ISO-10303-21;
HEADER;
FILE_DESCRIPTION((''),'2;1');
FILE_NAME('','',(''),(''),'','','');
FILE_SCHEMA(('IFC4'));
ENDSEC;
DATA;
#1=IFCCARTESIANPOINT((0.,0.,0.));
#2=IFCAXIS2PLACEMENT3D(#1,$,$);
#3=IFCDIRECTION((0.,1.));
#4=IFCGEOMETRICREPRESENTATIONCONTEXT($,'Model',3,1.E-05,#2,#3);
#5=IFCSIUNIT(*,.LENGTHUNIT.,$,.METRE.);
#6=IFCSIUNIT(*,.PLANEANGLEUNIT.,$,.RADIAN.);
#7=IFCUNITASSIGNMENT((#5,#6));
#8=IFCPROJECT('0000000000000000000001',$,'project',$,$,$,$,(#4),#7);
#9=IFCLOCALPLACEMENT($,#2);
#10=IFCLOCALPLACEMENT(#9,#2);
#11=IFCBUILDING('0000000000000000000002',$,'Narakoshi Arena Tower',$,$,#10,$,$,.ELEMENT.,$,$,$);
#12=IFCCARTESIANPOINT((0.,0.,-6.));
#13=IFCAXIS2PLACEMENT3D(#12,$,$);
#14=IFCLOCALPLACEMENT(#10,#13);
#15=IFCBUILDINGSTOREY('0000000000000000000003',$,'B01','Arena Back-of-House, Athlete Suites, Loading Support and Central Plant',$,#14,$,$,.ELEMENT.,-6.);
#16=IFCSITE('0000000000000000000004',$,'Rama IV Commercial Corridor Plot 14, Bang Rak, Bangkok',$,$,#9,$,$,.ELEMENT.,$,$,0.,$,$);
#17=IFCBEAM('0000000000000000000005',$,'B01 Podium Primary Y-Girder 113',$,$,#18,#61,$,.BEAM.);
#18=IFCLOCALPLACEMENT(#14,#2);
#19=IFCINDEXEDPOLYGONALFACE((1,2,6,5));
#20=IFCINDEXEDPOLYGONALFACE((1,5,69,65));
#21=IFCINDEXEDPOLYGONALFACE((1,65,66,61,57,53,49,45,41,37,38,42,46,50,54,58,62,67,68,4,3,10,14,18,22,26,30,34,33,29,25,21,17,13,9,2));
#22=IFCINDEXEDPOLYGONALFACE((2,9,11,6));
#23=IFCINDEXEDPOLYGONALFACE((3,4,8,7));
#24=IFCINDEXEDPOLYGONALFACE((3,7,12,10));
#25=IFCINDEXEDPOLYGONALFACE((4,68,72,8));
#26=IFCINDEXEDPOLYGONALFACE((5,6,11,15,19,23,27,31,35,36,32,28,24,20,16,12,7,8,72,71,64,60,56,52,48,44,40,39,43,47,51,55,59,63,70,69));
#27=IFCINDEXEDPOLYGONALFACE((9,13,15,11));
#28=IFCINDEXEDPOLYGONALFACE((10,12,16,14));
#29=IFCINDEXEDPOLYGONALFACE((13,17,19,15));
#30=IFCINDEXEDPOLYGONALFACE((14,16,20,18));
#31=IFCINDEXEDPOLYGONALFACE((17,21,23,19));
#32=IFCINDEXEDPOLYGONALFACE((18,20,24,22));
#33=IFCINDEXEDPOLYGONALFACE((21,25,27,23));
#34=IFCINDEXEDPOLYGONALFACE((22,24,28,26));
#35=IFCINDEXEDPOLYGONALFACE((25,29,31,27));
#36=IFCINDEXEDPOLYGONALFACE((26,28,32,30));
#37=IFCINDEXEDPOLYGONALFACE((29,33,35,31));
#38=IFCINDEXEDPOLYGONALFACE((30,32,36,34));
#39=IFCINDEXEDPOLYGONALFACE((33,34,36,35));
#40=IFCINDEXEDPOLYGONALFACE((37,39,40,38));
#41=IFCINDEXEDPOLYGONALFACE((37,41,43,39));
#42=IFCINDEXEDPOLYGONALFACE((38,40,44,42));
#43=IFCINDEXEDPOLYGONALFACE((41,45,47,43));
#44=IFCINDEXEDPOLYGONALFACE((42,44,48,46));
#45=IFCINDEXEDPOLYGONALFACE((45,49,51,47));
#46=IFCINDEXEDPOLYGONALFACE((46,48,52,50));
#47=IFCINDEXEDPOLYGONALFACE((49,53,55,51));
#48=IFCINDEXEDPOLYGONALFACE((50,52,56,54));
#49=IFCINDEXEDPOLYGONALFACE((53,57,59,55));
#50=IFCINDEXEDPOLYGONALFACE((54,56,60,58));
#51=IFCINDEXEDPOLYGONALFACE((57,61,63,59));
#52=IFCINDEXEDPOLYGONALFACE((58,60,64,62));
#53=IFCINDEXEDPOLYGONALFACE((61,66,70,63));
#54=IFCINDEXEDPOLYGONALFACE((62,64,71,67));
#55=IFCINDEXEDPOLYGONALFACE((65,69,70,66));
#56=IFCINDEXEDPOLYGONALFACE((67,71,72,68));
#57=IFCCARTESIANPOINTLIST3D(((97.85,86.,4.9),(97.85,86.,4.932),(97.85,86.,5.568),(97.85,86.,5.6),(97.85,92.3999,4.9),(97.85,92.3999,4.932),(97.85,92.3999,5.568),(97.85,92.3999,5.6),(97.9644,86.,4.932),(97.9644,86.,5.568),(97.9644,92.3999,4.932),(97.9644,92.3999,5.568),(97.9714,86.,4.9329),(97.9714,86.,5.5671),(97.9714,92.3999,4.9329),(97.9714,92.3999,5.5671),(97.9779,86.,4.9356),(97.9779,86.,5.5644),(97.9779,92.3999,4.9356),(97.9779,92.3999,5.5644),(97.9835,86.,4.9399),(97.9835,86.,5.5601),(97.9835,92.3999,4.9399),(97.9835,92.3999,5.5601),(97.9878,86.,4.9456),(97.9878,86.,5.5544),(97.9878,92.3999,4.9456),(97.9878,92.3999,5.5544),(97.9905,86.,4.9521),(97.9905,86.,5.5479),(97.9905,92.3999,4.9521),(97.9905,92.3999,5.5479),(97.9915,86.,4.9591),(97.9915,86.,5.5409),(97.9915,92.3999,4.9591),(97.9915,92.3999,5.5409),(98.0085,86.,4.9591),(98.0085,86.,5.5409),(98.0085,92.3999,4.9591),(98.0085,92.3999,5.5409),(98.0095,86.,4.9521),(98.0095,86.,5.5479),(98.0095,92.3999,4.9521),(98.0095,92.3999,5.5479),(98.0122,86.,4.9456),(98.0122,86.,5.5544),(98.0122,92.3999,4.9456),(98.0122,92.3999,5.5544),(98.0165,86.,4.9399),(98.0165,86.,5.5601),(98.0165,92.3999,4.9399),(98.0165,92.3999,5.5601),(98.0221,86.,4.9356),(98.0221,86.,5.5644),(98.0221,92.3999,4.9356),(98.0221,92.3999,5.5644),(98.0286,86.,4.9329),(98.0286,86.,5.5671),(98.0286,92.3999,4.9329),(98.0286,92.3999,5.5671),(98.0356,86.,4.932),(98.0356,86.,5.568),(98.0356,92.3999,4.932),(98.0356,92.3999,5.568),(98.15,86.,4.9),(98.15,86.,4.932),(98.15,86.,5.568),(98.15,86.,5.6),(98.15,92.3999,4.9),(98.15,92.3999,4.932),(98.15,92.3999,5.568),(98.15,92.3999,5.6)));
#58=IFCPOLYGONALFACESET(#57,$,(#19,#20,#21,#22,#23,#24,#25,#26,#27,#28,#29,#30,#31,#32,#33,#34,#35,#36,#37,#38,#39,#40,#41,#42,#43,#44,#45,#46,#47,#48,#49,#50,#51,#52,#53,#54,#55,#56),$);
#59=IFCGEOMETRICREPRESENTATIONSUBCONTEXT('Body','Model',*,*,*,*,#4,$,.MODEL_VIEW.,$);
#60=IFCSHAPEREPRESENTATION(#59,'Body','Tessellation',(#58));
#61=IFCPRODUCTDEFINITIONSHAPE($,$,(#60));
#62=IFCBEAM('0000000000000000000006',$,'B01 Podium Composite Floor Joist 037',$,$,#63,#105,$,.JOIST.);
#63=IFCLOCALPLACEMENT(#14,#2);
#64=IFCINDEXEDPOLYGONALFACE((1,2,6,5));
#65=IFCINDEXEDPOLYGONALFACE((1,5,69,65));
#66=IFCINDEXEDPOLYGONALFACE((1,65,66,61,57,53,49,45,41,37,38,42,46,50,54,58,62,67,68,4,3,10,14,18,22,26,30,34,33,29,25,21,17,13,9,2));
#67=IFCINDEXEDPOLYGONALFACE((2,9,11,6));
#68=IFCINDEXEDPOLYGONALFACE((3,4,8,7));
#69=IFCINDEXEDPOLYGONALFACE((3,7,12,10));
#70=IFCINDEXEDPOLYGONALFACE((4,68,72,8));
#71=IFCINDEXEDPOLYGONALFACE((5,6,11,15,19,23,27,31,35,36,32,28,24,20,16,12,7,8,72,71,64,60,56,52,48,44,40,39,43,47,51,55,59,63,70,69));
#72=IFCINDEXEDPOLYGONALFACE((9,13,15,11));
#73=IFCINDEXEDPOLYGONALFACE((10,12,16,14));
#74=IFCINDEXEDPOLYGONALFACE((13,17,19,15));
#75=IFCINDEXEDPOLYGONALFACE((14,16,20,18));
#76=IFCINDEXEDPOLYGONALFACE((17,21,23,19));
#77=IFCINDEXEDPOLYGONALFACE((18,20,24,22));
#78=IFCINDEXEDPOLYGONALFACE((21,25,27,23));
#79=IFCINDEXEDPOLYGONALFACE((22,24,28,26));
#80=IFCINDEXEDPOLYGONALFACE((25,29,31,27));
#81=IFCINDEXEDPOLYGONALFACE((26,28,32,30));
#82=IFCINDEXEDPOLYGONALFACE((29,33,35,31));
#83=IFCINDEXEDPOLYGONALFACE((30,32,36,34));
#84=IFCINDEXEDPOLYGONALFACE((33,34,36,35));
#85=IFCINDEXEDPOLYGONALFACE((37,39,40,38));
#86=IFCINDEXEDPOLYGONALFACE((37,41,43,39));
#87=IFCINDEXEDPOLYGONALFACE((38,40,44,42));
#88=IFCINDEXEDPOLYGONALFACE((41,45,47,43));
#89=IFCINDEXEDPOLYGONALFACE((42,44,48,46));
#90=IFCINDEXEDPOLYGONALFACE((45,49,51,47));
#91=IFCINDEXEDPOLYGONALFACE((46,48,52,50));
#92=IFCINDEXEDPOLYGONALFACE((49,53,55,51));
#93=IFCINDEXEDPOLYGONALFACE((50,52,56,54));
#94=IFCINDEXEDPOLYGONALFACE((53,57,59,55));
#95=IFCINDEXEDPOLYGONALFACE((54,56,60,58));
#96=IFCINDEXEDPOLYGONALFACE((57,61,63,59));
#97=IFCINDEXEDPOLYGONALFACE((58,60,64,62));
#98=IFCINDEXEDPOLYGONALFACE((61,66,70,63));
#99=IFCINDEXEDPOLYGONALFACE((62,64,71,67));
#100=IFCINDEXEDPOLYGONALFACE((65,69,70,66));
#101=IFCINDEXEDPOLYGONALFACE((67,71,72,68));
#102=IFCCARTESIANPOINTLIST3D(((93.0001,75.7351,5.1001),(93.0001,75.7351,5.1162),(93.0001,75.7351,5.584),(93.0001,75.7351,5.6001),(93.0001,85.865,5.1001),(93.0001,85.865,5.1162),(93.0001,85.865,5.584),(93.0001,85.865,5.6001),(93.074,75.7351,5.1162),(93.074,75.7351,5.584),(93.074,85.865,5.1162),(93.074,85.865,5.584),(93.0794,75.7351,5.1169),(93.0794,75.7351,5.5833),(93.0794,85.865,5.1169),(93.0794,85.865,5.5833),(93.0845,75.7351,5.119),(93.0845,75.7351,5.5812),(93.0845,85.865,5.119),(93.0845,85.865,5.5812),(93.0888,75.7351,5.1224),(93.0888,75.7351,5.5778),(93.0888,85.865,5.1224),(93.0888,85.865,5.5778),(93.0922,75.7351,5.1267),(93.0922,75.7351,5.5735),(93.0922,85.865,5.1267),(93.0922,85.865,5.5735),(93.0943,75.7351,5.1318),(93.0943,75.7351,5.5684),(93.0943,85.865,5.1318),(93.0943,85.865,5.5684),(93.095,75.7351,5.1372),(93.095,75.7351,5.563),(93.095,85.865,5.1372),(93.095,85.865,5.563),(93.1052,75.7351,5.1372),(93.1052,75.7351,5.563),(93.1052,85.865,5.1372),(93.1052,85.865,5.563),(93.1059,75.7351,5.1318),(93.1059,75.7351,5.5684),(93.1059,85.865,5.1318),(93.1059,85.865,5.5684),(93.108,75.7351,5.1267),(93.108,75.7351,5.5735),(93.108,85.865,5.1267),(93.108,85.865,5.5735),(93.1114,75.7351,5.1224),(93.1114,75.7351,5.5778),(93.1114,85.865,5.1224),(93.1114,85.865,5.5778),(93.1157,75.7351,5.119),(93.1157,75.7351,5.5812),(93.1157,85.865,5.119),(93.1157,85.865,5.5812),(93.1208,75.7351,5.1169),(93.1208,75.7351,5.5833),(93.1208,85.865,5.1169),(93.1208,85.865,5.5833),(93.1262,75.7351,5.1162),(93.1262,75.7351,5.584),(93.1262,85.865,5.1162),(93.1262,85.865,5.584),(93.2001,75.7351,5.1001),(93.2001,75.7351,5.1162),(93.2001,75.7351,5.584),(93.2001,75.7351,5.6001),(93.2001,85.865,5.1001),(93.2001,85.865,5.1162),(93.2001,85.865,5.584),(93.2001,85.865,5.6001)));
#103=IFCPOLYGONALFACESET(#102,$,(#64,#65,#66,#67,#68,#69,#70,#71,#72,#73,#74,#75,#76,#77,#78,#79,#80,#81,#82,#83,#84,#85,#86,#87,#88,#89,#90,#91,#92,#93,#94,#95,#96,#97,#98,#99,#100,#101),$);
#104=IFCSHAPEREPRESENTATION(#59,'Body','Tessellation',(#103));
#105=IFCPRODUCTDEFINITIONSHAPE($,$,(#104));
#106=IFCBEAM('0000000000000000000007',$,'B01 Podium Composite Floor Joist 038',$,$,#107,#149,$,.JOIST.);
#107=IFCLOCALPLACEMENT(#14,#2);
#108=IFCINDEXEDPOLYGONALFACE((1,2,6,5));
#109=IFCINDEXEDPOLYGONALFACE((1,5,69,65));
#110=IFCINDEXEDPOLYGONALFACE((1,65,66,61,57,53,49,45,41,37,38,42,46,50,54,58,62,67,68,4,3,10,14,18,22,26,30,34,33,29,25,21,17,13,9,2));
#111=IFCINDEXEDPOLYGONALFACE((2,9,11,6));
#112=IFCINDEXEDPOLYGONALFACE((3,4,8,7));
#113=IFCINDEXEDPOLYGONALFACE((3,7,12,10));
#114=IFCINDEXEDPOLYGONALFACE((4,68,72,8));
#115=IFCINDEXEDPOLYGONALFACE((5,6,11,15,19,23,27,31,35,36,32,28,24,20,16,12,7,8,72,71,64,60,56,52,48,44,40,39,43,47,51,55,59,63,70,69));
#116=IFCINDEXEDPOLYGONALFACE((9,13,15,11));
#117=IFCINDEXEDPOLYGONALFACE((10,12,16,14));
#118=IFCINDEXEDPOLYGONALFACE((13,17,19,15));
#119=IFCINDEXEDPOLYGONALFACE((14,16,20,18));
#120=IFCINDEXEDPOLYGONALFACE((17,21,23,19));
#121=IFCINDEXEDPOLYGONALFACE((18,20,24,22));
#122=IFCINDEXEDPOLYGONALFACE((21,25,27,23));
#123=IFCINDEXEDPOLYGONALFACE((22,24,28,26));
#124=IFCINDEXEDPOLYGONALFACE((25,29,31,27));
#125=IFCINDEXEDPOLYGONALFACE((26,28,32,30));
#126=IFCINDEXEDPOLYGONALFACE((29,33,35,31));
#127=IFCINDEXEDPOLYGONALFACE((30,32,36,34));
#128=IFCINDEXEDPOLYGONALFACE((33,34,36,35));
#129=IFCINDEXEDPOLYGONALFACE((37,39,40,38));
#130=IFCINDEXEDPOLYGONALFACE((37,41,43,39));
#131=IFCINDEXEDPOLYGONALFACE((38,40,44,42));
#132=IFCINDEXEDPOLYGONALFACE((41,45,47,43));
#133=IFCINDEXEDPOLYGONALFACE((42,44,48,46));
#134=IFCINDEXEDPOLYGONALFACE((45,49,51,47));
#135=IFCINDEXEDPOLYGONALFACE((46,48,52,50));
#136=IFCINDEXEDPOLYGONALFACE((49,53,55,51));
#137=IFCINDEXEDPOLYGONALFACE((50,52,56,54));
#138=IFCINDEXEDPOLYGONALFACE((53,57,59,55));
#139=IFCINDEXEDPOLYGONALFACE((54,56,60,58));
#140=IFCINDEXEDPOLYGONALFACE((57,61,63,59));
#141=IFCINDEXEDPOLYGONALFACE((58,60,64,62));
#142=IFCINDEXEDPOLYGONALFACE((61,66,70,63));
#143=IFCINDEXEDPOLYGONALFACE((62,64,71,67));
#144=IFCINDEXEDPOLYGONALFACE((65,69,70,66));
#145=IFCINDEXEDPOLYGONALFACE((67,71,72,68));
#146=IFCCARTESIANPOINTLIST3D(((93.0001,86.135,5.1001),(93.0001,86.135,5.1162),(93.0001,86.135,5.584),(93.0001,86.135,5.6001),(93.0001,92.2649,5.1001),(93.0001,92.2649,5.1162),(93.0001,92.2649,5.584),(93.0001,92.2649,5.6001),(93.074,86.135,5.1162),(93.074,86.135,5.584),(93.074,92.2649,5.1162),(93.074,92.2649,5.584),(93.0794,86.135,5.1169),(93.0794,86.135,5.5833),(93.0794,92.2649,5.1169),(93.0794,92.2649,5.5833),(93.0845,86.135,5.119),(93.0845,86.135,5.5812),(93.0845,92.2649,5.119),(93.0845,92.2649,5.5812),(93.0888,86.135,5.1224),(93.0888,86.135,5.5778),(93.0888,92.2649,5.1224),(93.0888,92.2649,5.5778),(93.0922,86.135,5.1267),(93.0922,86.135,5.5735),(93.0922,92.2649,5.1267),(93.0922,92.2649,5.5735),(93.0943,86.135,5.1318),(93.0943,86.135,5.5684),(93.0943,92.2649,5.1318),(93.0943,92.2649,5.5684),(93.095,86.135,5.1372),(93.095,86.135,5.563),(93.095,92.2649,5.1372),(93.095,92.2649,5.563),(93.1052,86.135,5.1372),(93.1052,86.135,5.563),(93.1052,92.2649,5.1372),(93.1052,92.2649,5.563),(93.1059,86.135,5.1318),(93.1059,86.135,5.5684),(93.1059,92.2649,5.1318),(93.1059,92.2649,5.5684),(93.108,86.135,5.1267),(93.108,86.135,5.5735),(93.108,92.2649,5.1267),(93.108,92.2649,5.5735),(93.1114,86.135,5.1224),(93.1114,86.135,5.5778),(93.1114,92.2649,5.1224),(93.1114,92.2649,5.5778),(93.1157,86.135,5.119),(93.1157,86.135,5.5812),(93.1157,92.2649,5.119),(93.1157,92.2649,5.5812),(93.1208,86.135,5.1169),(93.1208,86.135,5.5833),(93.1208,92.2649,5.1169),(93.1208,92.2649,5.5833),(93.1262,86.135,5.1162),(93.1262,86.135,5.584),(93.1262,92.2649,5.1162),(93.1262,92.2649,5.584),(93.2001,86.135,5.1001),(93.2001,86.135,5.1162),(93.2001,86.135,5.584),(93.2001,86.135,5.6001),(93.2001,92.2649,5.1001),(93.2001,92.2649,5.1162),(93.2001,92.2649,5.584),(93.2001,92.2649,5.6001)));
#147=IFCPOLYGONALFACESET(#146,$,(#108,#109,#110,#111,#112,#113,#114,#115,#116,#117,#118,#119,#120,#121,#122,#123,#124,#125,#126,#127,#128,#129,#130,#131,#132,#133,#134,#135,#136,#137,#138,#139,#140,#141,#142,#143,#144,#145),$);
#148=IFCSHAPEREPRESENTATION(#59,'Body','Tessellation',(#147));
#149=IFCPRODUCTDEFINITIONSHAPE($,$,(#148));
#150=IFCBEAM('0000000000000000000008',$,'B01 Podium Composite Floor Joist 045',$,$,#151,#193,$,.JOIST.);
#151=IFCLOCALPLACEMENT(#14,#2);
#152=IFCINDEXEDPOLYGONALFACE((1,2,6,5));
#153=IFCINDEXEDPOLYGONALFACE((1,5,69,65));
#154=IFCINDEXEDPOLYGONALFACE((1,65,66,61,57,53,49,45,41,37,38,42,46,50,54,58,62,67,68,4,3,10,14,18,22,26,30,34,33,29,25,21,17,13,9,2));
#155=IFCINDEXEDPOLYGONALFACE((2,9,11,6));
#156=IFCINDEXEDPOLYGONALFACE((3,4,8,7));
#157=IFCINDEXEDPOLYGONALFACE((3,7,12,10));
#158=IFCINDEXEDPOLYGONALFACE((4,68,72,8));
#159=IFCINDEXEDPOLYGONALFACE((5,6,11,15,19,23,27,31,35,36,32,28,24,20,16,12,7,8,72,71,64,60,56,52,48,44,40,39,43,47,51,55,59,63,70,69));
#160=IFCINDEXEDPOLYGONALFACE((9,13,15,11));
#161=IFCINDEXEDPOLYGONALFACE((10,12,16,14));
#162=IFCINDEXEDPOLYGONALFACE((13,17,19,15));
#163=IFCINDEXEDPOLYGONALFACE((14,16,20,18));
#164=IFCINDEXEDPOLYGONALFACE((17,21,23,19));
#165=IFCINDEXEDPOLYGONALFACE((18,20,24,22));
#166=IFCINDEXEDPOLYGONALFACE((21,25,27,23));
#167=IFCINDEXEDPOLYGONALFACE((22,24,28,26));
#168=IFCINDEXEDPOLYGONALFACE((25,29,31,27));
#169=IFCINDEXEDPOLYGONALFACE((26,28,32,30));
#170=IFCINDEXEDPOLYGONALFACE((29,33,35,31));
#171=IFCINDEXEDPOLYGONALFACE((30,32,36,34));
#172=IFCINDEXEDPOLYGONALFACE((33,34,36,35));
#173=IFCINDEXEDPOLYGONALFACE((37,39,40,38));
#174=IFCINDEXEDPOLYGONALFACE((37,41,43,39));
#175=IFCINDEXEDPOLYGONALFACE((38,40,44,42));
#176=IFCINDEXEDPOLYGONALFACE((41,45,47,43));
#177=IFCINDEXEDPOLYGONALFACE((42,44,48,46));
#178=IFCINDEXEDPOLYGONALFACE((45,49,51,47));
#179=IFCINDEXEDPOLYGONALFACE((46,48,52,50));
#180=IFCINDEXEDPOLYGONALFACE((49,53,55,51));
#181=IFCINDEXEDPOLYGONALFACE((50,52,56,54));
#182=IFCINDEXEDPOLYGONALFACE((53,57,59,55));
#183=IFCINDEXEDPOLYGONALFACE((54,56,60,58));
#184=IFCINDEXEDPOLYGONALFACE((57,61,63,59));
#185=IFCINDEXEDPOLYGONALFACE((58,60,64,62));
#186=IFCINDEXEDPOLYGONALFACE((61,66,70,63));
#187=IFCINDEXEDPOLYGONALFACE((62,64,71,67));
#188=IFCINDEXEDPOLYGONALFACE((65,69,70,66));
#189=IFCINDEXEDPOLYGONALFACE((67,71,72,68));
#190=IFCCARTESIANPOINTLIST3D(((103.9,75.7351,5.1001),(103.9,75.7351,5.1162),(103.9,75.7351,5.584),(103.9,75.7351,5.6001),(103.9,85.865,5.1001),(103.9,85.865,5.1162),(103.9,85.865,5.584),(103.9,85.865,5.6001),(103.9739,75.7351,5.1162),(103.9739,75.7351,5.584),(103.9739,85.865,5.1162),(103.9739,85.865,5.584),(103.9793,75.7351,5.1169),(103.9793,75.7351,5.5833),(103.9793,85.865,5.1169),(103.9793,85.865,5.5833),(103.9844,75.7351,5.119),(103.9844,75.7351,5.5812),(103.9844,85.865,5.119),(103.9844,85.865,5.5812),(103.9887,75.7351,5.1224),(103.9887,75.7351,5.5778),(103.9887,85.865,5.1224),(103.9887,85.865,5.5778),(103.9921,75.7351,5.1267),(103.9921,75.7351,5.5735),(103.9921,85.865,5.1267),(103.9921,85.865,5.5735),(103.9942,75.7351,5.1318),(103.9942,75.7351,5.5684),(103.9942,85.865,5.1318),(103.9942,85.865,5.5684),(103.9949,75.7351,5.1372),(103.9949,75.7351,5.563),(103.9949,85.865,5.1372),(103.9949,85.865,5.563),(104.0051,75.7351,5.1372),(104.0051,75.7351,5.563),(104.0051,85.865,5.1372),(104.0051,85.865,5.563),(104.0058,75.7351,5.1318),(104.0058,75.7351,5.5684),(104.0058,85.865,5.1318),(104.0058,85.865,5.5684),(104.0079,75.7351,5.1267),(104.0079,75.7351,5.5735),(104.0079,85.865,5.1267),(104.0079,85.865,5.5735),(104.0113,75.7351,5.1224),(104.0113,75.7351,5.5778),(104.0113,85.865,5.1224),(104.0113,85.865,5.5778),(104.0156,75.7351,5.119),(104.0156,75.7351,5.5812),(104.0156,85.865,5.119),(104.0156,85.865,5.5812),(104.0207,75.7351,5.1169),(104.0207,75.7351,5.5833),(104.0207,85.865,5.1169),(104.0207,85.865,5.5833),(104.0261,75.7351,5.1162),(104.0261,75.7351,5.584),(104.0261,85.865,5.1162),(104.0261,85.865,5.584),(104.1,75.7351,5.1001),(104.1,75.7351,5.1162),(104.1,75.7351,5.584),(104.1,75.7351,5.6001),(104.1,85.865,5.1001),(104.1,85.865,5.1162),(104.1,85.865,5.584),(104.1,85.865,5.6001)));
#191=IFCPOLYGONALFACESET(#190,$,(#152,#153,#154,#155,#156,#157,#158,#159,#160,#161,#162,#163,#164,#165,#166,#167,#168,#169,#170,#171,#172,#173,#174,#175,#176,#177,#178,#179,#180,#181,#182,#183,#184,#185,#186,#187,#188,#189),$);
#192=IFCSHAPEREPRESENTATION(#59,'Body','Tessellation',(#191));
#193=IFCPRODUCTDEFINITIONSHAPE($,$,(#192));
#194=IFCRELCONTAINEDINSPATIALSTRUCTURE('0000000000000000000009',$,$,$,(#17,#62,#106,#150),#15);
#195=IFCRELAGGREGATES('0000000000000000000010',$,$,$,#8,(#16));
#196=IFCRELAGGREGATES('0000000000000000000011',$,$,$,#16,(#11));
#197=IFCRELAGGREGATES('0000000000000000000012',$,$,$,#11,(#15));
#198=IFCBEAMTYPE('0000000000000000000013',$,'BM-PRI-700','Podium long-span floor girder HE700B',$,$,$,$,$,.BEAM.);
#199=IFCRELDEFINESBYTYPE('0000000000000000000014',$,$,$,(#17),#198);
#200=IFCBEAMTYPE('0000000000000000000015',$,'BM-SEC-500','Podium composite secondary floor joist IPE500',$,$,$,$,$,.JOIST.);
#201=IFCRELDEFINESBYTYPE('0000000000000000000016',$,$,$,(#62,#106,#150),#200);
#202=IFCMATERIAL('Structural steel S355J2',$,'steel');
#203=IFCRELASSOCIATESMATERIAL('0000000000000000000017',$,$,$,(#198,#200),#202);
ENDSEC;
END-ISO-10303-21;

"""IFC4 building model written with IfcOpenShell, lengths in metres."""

from ifc_helpers import new_model, si_unit, direction, frame, origin, origin_2d, place, context, subcontext, project, spatial, i_section, extrude, material, material_profile, profile_set, type_object, element, save


model = new_model("IFC4")

# Units and contexts
model_context = context("Model", 3, precision=1e-05, world=origin(), true_north=direction((0.0, 1.0)))
body_context = subcontext(model_context, "Body", "Model", "MODEL_VIEW")
ifc_project = project(units=[si_unit("LENGTHUNIT", "METRE"), si_unit("PLANEANGLEUNIT", "RADIAN")], contexts=[model_context])

# Site, building, storey
site_placement = place(None, origin())
site = spatial("IfcSite", under=ifc_project, at=site_placement, Name="Rama IV Commercial Corridor Plot 14, Bang Rak, Bangkok", CompositionType="ELEMENT", RefElevation=0.0)
building_placement = place(site_placement, origin())
building = spatial("IfcBuilding", under=site, at=building_placement, Name="Narakoshi Arena Tower", CompositionType="ELEMENT")
storey_placement = place(building_placement, frame((0.0, 0.0, -6.0)))
storey = spatial("IfcBuildingStorey", under=building, at=storey_placement, Name="B01", Description="Arena Back-of-House, Athlete Suites, Loading Support and Central Plant", CompositionType="ELEMENT", Elevation=-6.0)

# Beams
ifc_material_1 = material(Name="Structural steel S355J2", Category="steel")
ifc_material_profile_1 = material_profile(ifc_material_1, i_section(OverallWidth=0.3, OverallDepth=0.7, WebThickness=0.0171, FlangeThickness=0.032, FilletRadius=0.0271, at=origin_2d()), Name="HE700B")
ifc_profile_set_1 = profile_set([ifc_material_profile_1], Name="Structural steel S355J2")
beam_type_1 = type_object("IfcBeamType", Name="BM-PRI-700", Description="Podium long-span floor girder HE700B", PredefinedType="BEAM", material=ifc_profile_set_1)
beam_1_placement = place(storey_placement, frame((98.0, 86.0, 5.25), z_axis=(0.0, 1.0, 0.0), x_axis=(-1.0, 0.0, 0.0)))
element("IfcBeam", 1, at=beam_1_placement, inside=storey, type_object=beam_type_1, Name="B01 Podium Primary Y-Girder 113", PredefinedType="BEAM", context=body_context, shape_type="SweptSolid", body=[
    extrude(i_section(OverallWidth=0.3, OverallDepth=0.7, WebThickness=0.0171, FlangeThickness=0.032, FilletRadius=0.0271, at=origin_2d()), origin(), (0.0, 0.0, 1.0), 6.3999),
])
ifc_material_profile_2 = material_profile(ifc_material_1, i_section(OverallWidth=0.2, OverallDepth=0.5, WebThickness=0.0103, FlangeThickness=0.0161, FilletRadius=0.021, at=origin_2d()), Name="IPE500")
ifc_profile_set_2 = profile_set([ifc_material_profile_2], Name="Structural steel S355J2")
beam_type_2 = type_object("IfcBeamType", Name="BM-SEC-500", Description="Podium composite secondary floor joist IPE500", PredefinedType="JOIST", material=ifc_profile_set_2)
beam_2_placement = place(storey_placement, frame((93.1001, 75.7351, 5.3501), z_axis=(0.0, 1.0, 0.0), x_axis=(-1.0, 0.0, 0.0)))
element("IfcBeam", 2, at=beam_2_placement, inside=storey, type_object=beam_type_2, Name="B01 Podium Composite Floor Joist 037", PredefinedType="JOIST", context=body_context, shape_type="SweptSolid", body=[
    extrude(i_section(OverallWidth=0.2, OverallDepth=0.5, WebThickness=0.0103, FlangeThickness=0.0161, FilletRadius=0.021, at=origin_2d()), origin(), (0.0, 0.0, 1.0), 10.1299),
])
beam_3_placement = place(storey_placement, frame((93.1001, 86.135, 5.3501), z_axis=(0.0, 1.0, 0.0), x_axis=(-1.0, 0.0, 0.0)))
element("IfcBeam", 3, at=beam_3_placement, inside=storey, type_object=beam_type_2, Name="B01 Podium Composite Floor Joist 038", PredefinedType="JOIST", context=body_context, shape_type="SweptSolid", body=[
    extrude(i_section(OverallWidth=0.2, OverallDepth=0.5, WebThickness=0.0103, FlangeThickness=0.0161, FilletRadius=0.021, at=origin_2d()), origin(), (0.0, 0.0, 1.0), 6.1299),
])
beam_4_placement = place(storey_placement, frame((104.0, 75.7351, 5.3501), z_axis=(0.0, 1.0, 0.0), x_axis=(-1.0, 0.0, 0.0)))
element("IfcBeam", 4, at=beam_4_placement, inside=storey, type_object=beam_type_2, Name="B01 Podium Composite Floor Joist 045", PredefinedType="JOIST", context=body_context, shape_type="SweptSolid", body=[
    extrude(i_section(OverallWidth=0.2, OverallDepth=0.5, WebThickness=0.0103, FlangeThickness=0.0161, FilletRadius=0.021, at=origin_2d()), origin(), (0.0, 0.0, 1.0), 10.1299),
])

save(model, "model.ifc")
